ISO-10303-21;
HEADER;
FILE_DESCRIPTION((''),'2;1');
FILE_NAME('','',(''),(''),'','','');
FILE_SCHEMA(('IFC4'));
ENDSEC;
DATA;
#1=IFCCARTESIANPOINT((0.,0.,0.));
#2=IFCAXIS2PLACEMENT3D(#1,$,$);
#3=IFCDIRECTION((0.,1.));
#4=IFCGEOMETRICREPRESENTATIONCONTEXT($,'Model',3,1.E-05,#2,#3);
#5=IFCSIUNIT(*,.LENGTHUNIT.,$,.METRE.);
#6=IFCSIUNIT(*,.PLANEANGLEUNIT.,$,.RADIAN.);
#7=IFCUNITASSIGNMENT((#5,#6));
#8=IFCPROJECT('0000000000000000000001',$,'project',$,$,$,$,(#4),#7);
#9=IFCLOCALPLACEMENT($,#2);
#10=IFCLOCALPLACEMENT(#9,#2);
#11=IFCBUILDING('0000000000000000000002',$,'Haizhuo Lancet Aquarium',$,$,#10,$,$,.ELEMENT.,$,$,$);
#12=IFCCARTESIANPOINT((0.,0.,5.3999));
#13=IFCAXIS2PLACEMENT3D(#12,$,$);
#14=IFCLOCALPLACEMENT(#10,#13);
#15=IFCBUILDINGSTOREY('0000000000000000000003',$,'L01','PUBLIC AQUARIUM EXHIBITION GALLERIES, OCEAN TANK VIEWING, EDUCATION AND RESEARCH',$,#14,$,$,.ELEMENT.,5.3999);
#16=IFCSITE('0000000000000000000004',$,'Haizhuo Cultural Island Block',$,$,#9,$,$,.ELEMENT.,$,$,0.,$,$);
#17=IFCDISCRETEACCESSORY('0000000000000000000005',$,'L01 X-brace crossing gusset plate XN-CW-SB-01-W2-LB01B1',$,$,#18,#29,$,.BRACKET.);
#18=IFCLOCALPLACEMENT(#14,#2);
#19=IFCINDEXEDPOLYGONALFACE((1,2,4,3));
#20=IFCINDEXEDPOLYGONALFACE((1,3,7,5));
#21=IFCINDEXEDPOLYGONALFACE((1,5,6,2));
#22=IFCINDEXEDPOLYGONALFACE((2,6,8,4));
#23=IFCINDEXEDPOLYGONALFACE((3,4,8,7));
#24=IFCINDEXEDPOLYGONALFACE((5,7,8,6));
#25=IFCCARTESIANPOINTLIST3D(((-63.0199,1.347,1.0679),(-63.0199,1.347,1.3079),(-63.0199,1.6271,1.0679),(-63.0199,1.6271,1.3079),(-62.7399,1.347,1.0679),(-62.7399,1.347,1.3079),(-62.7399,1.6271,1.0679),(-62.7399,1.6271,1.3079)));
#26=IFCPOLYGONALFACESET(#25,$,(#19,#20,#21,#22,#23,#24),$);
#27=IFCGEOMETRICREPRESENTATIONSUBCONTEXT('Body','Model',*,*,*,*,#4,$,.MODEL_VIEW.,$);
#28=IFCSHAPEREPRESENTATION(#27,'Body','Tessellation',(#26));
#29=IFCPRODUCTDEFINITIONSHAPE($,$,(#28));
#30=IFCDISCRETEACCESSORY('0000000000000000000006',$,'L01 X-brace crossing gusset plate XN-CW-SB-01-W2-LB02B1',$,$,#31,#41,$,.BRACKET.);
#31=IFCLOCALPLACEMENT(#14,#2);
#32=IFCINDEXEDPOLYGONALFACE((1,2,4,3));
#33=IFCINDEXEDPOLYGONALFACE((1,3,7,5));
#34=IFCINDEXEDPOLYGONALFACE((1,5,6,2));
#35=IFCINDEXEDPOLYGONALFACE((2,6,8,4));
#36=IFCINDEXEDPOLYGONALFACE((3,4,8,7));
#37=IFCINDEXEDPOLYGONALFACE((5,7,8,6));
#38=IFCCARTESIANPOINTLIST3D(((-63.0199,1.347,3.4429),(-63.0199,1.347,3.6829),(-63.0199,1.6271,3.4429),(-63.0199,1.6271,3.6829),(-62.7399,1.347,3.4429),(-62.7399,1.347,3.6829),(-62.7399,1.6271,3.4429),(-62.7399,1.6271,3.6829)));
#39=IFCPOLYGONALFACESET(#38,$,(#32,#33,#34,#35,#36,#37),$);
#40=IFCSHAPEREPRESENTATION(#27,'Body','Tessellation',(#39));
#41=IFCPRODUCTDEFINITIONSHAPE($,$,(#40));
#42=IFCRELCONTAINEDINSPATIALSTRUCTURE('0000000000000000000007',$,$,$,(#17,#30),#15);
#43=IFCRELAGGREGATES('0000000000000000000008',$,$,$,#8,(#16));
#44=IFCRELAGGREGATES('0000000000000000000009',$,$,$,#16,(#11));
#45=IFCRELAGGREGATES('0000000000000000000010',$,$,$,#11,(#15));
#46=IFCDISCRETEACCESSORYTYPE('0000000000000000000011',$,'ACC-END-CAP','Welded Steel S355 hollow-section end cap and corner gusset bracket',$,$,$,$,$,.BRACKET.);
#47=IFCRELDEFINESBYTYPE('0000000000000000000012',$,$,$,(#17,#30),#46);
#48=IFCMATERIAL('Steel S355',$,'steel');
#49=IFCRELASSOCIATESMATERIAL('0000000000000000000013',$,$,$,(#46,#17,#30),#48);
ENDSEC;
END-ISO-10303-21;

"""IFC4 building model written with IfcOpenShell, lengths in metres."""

from ifc_helpers import new_model, si_unit, direction, frame, origin, origin_2d, place, context, subcontext, project, spatial, rectangle, extrude, material, type_object, element, save


model = new_model("IFC4")

# Units and contexts
model_context = context("Model", 3, precision=1e-05, world=origin(), true_north=direction((0.0, 1.0)))
body_context = subcontext(model_context, "Body", "Model", "MODEL_VIEW")
ifc_project = project(units=[si_unit("LENGTHUNIT", "METRE"), si_unit("PLANEANGLEUNIT", "RADIAN")], contexts=[model_context])

# Site, building, storey
site_placement = place(None, origin())
site = spatial("IfcSite", under=ifc_project, at=site_placement, Name="Haizhuo Cultural Island Block", CompositionType="ELEMENT", RefElevation=0.0)
building_placement = place(site_placement, origin())
building = spatial("IfcBuilding", under=site, at=building_placement, Name="Haizhuo Lancet Aquarium", CompositionType="ELEMENT")
storey_placement = place(building_placement, frame((0.0, 0.0, 5.3999)))
storey = spatial("IfcBuildingStorey", under=building, at=storey_placement, Name="L01", Description="PUBLIC AQUARIUM EXHIBITION GALLERIES, OCEAN TANK VIEWING, EDUCATION AND RESEARCH", CompositionType="ELEMENT", Elevation=5.3999)

# Shared definitions
ifc_material_1 = material(Name="Steel S355", Category="steel")

# Discrete accessories
discrete_accessory_type = type_object("IfcDiscreteAccessoryType", Name="ACC-END-CAP", Description="Welded Steel S355 hollow-section end cap and corner gusset bracket", PredefinedType="BRACKET", material=ifc_material_1)
for number, where, z_axis, x_axis, name in (
    (1, (-62.8799, 1.4871, 1.0679), (0.0, 0.0, 1.0), (1.0, 0.0, 0.0), "L01 X-brace crossing gusset plate XN-CW-SB-01-W2-LB01B1"),
    (2, (-62.8799, 1.4871, 3.4429), (0.0, 0.0, 1.0), (1.0, 0.0, 0.0), "L01 X-brace crossing gusset plate XN-CW-SB-01-W2-LB02B1"),
):
    element("IfcDiscreteAccessory", number, at=place(storey_placement, frame(where, z_axis=z_axis, x_axis=x_axis)), inside=storey, type_object=discrete_accessory_type, material=ifc_material_1, Name=name, PredefinedType="BRACKET", context=body_context, shape_type="SweptSolid", body=[
        extrude(rectangle(XDim=0.28, YDim=0.28, at=origin_2d()), origin(), (0.0, 0.0, 1.0), 0.24),
    ])

save(model, "model.ifc")
